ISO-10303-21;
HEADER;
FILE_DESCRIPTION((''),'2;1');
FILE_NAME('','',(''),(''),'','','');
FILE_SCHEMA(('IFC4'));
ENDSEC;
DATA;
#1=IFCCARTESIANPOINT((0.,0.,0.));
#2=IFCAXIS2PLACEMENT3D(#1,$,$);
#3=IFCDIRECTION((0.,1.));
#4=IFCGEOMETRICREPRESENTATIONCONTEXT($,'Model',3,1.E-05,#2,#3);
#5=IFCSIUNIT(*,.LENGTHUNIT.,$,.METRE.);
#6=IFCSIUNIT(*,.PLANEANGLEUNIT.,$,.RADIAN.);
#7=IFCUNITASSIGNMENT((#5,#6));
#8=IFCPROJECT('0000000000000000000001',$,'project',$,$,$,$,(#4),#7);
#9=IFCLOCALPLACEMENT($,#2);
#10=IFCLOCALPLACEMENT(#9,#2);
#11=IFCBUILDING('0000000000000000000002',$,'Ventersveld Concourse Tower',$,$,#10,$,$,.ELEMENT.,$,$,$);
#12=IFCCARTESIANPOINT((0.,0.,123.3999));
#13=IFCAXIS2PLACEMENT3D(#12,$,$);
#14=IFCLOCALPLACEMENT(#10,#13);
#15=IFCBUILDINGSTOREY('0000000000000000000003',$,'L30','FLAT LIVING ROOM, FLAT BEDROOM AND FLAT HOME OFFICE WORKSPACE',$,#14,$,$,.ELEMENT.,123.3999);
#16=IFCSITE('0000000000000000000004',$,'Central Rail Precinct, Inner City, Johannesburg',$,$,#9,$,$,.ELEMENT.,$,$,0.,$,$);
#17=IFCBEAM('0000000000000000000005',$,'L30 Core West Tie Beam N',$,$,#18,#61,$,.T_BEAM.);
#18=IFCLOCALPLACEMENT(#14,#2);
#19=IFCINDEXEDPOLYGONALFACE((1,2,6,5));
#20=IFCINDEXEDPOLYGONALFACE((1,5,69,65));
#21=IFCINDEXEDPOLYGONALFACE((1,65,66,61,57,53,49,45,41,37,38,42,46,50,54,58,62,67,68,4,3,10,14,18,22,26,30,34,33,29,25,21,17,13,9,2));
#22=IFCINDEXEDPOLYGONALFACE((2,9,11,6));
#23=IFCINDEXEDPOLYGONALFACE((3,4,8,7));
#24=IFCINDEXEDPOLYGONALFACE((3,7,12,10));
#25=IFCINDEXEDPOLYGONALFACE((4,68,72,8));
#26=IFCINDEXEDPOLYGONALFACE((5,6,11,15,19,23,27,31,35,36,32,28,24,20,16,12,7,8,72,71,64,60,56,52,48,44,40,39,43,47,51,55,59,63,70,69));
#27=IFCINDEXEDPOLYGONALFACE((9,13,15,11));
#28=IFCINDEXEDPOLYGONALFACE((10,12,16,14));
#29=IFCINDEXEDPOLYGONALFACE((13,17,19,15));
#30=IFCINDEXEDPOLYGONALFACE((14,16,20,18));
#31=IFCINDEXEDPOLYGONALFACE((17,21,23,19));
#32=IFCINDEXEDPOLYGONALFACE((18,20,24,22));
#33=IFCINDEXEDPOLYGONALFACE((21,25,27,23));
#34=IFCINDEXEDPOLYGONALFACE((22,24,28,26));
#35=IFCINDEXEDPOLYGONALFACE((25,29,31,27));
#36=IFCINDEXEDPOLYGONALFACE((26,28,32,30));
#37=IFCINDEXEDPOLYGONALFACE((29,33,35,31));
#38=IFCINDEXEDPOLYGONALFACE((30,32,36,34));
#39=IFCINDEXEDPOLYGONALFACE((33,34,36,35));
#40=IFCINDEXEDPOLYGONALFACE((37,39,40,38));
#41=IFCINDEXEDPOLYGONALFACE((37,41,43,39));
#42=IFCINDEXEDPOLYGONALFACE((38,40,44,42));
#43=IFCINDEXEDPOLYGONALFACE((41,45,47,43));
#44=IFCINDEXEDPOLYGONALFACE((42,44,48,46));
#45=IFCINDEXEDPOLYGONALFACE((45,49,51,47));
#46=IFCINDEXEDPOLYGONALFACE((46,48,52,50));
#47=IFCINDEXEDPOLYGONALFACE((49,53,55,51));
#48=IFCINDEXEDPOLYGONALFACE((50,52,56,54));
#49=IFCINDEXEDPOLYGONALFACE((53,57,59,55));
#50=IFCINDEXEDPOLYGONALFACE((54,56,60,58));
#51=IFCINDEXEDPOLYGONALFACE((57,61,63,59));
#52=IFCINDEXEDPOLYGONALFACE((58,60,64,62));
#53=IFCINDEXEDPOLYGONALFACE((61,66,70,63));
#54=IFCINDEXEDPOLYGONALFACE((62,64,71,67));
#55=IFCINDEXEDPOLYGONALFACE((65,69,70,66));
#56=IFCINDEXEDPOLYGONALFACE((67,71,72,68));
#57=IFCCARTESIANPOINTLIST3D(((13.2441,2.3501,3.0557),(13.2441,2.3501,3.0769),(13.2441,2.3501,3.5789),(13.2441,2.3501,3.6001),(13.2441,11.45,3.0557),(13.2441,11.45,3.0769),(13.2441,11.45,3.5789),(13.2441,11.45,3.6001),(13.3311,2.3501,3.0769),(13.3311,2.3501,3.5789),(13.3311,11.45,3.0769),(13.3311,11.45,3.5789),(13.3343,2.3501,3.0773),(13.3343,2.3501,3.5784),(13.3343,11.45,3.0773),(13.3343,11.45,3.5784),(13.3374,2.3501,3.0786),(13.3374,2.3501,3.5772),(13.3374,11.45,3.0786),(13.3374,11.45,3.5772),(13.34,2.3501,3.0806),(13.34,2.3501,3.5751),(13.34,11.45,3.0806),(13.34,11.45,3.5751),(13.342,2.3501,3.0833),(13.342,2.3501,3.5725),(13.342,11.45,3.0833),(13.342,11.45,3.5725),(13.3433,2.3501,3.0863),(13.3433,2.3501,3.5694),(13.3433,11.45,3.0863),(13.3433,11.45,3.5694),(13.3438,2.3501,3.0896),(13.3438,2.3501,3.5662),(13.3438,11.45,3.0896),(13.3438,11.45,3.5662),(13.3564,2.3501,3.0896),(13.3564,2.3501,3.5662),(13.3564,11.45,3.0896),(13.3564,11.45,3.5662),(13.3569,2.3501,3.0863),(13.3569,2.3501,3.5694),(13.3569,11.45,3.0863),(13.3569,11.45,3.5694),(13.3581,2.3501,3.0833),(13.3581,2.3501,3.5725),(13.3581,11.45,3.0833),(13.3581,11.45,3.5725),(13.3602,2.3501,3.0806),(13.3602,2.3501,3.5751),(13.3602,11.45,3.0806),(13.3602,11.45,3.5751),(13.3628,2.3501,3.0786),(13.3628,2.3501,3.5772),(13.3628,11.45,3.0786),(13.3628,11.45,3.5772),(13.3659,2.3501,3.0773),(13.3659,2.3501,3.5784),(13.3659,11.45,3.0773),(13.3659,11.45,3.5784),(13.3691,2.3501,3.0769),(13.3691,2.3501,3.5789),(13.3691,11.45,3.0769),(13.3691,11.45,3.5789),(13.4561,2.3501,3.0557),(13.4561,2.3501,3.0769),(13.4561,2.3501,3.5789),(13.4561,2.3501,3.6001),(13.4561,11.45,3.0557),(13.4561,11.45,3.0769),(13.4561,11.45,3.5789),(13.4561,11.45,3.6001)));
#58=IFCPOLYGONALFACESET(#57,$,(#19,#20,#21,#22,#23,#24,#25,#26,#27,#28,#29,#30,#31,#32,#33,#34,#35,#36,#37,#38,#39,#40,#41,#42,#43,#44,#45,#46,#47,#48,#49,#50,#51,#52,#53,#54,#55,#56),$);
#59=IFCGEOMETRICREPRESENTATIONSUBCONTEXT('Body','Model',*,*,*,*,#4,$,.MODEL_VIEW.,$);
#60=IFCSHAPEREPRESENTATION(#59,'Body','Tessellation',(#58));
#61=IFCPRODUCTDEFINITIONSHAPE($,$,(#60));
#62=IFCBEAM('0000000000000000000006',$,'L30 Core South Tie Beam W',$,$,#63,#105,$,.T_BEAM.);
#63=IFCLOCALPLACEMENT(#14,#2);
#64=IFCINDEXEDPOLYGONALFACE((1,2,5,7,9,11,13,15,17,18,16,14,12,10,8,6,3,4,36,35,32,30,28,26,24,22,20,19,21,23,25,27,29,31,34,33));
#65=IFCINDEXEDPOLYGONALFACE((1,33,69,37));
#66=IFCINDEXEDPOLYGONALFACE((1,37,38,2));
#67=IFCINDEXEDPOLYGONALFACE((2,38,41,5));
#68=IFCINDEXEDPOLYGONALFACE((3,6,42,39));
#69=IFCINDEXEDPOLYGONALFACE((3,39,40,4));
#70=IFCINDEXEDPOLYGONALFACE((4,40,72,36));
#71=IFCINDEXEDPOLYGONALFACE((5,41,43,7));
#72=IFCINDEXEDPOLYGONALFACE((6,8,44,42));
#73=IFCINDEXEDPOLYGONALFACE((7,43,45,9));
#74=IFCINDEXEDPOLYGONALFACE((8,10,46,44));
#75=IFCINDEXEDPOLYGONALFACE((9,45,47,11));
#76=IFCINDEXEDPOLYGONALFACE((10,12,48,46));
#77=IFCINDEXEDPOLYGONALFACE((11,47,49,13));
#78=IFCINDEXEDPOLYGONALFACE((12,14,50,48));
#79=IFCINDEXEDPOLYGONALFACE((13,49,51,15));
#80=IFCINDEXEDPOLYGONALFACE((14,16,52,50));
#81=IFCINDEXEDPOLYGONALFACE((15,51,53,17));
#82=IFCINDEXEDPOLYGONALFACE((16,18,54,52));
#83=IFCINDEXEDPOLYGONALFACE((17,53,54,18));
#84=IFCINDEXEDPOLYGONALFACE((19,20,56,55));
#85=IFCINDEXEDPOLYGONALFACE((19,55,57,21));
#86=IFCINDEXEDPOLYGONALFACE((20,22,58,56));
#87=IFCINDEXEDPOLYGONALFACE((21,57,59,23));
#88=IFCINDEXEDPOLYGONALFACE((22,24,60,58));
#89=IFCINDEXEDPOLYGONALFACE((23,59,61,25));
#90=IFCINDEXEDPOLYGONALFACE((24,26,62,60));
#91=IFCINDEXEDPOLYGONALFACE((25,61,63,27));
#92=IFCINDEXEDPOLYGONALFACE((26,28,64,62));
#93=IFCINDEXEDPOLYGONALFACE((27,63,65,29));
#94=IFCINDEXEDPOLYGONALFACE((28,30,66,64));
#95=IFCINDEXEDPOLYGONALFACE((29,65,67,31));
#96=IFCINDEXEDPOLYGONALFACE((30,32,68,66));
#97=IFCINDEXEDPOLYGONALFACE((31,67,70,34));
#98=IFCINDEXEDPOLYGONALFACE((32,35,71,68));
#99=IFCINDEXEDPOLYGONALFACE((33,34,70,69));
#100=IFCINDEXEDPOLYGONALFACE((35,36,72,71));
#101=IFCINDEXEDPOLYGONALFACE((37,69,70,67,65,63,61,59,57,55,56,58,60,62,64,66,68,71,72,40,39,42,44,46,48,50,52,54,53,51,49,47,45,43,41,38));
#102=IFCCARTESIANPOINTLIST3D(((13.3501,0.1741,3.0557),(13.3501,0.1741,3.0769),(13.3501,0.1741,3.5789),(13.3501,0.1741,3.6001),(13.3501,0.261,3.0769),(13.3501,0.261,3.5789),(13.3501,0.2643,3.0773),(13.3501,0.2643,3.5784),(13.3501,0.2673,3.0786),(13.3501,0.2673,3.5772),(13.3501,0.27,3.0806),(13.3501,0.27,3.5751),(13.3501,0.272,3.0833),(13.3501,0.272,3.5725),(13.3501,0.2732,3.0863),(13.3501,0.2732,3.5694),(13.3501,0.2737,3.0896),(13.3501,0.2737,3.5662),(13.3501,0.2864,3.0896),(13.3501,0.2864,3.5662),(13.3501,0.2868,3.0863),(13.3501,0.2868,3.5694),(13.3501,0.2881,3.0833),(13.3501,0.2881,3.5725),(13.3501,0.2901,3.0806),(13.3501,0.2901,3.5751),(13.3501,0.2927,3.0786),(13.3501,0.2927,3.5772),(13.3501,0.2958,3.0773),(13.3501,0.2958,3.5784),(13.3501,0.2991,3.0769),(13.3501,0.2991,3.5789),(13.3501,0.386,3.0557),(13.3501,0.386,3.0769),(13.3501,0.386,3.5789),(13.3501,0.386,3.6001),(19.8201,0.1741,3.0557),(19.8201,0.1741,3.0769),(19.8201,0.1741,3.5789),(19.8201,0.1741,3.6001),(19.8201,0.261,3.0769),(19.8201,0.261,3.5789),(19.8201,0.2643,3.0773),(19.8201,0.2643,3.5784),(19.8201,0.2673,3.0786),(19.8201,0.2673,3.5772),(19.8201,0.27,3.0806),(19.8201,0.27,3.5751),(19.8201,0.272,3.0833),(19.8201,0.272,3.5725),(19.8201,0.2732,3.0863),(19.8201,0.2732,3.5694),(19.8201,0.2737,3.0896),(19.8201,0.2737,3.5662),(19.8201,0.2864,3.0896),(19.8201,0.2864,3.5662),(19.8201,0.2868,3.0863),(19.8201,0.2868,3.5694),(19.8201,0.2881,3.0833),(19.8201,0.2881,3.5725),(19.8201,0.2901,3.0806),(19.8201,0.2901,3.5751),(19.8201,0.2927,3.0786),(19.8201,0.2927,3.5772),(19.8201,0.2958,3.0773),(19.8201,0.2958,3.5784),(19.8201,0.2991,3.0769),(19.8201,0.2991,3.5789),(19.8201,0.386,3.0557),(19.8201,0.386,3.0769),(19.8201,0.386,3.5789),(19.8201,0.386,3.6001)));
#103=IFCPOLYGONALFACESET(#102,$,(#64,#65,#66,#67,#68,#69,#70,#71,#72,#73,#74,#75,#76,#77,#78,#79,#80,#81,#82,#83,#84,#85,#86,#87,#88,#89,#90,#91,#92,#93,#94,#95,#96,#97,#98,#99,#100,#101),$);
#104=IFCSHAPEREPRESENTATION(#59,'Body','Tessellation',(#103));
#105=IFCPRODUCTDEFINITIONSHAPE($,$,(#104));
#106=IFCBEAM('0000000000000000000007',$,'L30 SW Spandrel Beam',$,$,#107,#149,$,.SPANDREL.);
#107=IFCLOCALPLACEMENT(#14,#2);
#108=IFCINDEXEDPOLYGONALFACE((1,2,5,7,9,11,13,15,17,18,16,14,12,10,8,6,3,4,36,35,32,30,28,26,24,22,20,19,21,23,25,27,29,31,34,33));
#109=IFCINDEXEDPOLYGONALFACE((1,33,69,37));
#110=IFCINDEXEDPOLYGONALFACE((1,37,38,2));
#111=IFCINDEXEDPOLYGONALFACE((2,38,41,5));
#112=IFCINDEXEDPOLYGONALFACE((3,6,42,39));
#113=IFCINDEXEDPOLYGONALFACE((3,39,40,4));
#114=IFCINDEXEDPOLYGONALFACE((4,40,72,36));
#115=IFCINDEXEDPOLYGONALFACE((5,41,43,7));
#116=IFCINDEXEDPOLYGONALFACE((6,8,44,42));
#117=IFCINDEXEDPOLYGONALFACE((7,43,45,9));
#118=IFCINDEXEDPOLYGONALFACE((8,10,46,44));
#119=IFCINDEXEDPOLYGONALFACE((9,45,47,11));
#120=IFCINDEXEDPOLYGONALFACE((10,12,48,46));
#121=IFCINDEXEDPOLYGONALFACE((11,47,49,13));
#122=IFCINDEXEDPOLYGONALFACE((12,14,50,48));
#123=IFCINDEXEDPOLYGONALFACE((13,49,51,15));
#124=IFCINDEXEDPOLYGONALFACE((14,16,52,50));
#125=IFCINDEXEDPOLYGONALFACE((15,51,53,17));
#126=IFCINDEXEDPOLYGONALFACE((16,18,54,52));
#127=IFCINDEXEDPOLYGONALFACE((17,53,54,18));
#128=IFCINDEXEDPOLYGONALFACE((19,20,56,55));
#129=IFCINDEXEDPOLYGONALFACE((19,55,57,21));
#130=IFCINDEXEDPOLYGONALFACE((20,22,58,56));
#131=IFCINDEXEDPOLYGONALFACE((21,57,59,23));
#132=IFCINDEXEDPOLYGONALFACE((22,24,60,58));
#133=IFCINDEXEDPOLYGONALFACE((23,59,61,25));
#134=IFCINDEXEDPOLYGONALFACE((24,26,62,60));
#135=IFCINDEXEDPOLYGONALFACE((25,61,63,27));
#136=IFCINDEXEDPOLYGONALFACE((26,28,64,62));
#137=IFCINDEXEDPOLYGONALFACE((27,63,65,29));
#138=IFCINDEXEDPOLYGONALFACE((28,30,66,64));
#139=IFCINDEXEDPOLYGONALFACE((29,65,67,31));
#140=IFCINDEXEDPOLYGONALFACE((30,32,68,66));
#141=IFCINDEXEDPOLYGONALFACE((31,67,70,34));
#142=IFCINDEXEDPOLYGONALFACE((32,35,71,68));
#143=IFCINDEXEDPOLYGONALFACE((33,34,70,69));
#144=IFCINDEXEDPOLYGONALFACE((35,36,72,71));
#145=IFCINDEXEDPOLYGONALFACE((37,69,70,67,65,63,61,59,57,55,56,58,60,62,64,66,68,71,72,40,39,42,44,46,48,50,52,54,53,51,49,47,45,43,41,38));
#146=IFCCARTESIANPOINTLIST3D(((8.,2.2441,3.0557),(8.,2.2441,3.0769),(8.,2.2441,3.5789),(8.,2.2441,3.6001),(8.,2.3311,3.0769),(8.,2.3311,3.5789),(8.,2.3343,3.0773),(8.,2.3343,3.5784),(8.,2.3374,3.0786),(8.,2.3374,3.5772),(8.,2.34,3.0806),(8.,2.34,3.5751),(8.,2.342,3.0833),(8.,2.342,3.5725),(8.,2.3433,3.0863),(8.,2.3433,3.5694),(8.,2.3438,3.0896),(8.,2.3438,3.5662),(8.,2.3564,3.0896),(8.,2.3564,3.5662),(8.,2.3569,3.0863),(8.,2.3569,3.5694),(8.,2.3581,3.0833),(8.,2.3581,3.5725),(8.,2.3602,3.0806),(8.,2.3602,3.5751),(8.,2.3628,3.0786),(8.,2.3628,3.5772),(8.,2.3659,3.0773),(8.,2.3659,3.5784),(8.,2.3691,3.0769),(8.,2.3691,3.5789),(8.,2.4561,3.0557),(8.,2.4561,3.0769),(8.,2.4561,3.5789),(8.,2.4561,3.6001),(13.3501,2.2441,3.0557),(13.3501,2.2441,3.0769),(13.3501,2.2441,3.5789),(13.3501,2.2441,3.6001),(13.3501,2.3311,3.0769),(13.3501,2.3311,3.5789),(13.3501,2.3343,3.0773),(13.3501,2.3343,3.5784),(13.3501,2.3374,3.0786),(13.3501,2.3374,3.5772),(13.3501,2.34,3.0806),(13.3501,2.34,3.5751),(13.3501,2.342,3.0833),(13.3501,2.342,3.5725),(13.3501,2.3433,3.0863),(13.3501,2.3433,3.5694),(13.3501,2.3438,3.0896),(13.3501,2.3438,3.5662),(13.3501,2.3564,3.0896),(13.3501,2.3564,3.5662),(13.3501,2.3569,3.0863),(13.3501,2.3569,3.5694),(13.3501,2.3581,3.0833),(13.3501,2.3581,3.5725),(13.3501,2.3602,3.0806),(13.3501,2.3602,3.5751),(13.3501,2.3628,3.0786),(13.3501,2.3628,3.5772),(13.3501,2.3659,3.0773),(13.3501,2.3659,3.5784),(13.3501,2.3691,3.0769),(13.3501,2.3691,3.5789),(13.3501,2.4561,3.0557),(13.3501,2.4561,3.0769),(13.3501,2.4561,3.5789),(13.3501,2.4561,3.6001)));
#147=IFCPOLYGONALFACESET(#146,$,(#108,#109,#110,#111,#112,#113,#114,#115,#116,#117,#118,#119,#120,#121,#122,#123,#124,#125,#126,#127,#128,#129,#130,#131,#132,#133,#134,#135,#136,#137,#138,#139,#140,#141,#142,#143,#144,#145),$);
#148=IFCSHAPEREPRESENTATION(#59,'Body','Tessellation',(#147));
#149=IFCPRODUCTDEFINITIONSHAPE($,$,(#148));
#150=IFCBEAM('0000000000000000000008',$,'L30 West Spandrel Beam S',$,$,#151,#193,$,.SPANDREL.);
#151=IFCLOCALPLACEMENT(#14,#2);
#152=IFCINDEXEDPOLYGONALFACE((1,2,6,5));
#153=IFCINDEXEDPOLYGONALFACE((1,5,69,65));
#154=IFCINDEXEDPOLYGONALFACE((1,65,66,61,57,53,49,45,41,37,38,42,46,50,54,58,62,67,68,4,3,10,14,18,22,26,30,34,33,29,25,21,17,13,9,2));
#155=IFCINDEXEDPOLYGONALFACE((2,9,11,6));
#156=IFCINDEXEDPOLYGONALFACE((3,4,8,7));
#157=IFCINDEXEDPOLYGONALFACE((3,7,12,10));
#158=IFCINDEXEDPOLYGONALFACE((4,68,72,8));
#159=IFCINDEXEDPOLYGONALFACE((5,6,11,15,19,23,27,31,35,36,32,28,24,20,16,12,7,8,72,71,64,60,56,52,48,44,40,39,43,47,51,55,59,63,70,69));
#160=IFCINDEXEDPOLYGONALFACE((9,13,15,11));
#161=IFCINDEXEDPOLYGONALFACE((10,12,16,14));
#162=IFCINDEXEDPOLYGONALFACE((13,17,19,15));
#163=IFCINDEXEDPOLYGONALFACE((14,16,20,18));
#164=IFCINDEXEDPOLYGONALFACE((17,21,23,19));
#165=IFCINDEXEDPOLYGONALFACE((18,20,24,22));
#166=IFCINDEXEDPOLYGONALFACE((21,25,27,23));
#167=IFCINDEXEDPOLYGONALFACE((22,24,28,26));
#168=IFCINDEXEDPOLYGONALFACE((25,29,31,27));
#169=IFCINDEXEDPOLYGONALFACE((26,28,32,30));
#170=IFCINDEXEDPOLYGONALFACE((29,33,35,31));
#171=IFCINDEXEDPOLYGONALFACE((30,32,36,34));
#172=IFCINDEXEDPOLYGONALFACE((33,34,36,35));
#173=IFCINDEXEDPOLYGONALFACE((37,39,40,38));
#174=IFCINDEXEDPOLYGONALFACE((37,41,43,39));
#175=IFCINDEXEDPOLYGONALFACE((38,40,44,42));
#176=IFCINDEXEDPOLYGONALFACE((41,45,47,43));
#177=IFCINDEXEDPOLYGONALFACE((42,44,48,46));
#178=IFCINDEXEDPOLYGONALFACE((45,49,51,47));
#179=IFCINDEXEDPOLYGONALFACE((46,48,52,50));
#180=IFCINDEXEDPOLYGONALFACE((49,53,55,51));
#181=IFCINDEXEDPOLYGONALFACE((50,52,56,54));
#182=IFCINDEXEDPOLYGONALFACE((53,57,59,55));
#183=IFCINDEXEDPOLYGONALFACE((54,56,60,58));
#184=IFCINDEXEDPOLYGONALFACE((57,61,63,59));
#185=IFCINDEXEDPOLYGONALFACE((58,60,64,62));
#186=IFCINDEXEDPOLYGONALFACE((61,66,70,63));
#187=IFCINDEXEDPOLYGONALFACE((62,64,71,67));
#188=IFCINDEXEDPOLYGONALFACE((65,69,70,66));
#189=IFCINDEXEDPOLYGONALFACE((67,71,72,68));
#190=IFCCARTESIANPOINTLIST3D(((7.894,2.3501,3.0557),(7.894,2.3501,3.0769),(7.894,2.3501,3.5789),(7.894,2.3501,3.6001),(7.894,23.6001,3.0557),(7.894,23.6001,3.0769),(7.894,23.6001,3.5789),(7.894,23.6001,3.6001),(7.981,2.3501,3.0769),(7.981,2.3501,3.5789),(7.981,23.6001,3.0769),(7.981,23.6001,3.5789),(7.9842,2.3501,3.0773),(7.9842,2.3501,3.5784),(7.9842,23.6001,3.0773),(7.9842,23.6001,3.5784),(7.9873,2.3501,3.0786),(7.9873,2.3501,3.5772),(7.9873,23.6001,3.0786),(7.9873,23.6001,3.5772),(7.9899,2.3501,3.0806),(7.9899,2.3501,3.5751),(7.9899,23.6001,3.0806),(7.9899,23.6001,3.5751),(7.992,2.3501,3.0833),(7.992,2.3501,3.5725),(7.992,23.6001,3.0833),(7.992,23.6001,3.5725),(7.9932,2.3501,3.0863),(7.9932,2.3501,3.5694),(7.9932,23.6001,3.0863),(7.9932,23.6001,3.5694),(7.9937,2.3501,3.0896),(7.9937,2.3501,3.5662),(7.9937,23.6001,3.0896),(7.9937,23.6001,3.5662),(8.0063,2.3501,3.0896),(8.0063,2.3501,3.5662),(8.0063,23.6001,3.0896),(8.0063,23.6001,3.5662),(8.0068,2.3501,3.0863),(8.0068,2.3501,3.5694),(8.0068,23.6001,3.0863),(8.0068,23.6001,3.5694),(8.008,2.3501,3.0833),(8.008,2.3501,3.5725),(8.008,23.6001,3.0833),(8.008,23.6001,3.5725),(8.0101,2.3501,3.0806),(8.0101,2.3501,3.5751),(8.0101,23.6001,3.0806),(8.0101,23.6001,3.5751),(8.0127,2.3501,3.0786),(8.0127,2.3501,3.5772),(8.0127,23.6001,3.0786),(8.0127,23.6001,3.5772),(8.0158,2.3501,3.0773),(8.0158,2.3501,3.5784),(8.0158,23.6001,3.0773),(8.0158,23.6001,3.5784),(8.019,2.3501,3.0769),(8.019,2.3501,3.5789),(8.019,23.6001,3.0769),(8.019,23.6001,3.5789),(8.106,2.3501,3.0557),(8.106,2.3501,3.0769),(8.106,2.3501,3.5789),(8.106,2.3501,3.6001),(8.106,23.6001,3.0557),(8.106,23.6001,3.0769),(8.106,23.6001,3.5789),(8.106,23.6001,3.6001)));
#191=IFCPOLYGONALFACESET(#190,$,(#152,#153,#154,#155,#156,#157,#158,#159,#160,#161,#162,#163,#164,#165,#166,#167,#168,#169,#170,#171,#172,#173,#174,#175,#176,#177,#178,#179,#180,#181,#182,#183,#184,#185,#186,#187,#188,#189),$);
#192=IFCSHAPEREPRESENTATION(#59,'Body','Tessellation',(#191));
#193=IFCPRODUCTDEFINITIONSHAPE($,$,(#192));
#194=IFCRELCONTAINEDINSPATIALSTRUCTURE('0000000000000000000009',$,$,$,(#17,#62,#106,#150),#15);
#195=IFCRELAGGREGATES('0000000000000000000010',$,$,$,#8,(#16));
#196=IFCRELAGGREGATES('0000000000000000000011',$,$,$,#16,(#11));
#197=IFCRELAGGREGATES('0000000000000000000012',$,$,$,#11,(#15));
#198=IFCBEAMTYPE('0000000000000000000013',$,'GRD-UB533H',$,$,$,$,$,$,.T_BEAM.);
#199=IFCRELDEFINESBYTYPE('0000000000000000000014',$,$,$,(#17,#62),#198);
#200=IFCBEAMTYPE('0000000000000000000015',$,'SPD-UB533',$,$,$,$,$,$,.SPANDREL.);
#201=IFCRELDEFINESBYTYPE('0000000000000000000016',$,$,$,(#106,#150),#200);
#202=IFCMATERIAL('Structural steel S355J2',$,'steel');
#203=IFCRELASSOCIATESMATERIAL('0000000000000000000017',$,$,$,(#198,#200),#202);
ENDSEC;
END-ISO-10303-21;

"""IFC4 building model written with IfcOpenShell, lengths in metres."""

from ifc_helpers import new_model, si_unit, direction, frame, origin, origin_2d, place, context, subcontext, project, spatial, i_section, extrude, material, material_profile, profile_set, type_object, element, save


model = new_model("IFC4")

# Units and contexts
model_context = context("Model", 3, precision=1e-05, world=origin(), true_north=direction((0.0, 1.0)))
body_context = subcontext(model_context, "Body", "Model", "MODEL_VIEW")
ifc_project = project(units=[si_unit("LENGTHUNIT", "METRE"), si_unit("PLANEANGLEUNIT", "RADIAN")], contexts=[model_context])

# Site, building, storey
site_placement = place(None, origin())
site = spatial("IfcSite", under=ifc_project, at=site_placement, Name="Central Rail Precinct, Inner City, Johannesburg", CompositionType="ELEMENT", RefElevation=0.0)
building_placement = place(site_placement, origin())
building = spatial("IfcBuilding", under=site, at=building_placement, Name="Ventersveld Concourse Tower", CompositionType="ELEMENT")
storey_placement = place(building_placement, frame((0.0, 0.0, 123.3999)))
storey = spatial("IfcBuildingStorey", under=building, at=storey_placement, Name="L30", Description="FLAT LIVING ROOM, FLAT BEDROOM AND FLAT HOME OFFICE WORKSPACE", CompositionType="ELEMENT", Elevation=123.3999)

# Beams
ifc_material_1 = material(Name="Structural steel S355J2", Category="steel")
ifc_material_profile_1 = material_profile(ifc_material_1, i_section(OverallWidth=0.2119, OverallDepth=0.5444, WebThickness=0.0127, FlangeThickness=0.0212, FilletRadius=0.0127, at=origin_2d()), Name="UB 533x210x122")
ifc_profile_set_1 = profile_set([ifc_material_profile_1], Name="Structural steel S355J2")
beam_type_1 = type_object("IfcBeamType", Name="GRD-UB533H", PredefinedType="T_BEAM", material=ifc_profile_set_1)
beam_1_placement = place(storey_placement, frame((13.3501, 2.3501, 3.3279), z_axis=(0.0, 1.0, 0.0), x_axis=(-1.0, 0.0, 0.0)))
element("IfcBeam", 1, at=beam_1_placement, inside=storey, type_object=beam_type_1, Name="L30 Core West Tie Beam N", PredefinedType="T_BEAM", context=body_context, shape_type="SweptSolid", body=[
    extrude(i_section(OverallWidth=0.2119, OverallDepth=0.5444, WebThickness=0.0127, FlangeThickness=0.0212, FilletRadius=0.0127, at=origin_2d()), origin(), (0.0, 0.0, 1.0), 9.0999),
])
beam_2_placement = place(storey_placement, frame((13.3501, 0.28, 3.3279), z_axis=(1.0, 0.0, 0.0), x_axis=(0.0, 1.0, 0.0)))
element("IfcBeam", 2, at=beam_2_placement, inside=storey, type_object=beam_type_1, Name="L30 Core South Tie Beam W", PredefinedType="T_BEAM", context=body_context, shape_type="SweptSolid", body=[
    extrude(i_section(OverallWidth=0.2119, OverallDepth=0.5444, WebThickness=0.0127, FlangeThickness=0.0212, FilletRadius=0.0127, at=origin_2d()), origin(), (0.0, 0.0, 1.0), 6.47),
])
ifc_material_profile_2 = material_profile(ifc_material_1, i_section(OverallWidth=0.2119, OverallDepth=0.5444, WebThickness=0.0127, FlangeThickness=0.0212, FilletRadius=0.0127, at=origin_2d()), Name="UB 533x210x122")
ifc_profile_set_2 = profile_set([ifc_material_profile_2], Name="Structural steel S355J2")
beam_type_2 = type_object("IfcBeamType", Name="SPD-UB533", PredefinedType="SPANDREL", material=ifc_profile_set_2)
beam_3_placement = place(storey_placement, frame((8.0, 2.3501, 3.3279), z_axis=(1.0, 0.0, 0.0), x_axis=(0.0, 1.0, 0.0)))
element("IfcBeam", 3, at=beam_3_placement, inside=storey, type_object=beam_type_2, Name="L30 SW Spandrel Beam", PredefinedType="SPANDREL", context=body_context, shape_type="SweptSolid", body=[
    extrude(i_section(OverallWidth=0.2119, OverallDepth=0.5444, WebThickness=0.0127, FlangeThickness=0.0212, FilletRadius=0.0127, at=origin_2d()), origin(), (0.0, 0.0, 1.0), 5.3501),
])
beam_4_placement = place(storey_placement, frame((8.0, 2.3501, 3.3279), z_axis=(0.0, 1.0, 0.0), x_axis=(-1.0, 0.0, 0.0)))
element("IfcBeam", 4, at=beam_4_placement, inside=storey, type_object=beam_type_2, Name="L30 West Spandrel Beam S", PredefinedType="SPANDREL", context=body_context, shape_type="SweptSolid", body=[
    extrude(i_section(OverallWidth=0.2119, OverallDepth=0.5444, WebThickness=0.0127, FlangeThickness=0.0212, FilletRadius=0.0127, at=origin_2d()), origin(), (0.0, 0.0, 1.0), 21.25),
])

save(model, "model.ifc")
